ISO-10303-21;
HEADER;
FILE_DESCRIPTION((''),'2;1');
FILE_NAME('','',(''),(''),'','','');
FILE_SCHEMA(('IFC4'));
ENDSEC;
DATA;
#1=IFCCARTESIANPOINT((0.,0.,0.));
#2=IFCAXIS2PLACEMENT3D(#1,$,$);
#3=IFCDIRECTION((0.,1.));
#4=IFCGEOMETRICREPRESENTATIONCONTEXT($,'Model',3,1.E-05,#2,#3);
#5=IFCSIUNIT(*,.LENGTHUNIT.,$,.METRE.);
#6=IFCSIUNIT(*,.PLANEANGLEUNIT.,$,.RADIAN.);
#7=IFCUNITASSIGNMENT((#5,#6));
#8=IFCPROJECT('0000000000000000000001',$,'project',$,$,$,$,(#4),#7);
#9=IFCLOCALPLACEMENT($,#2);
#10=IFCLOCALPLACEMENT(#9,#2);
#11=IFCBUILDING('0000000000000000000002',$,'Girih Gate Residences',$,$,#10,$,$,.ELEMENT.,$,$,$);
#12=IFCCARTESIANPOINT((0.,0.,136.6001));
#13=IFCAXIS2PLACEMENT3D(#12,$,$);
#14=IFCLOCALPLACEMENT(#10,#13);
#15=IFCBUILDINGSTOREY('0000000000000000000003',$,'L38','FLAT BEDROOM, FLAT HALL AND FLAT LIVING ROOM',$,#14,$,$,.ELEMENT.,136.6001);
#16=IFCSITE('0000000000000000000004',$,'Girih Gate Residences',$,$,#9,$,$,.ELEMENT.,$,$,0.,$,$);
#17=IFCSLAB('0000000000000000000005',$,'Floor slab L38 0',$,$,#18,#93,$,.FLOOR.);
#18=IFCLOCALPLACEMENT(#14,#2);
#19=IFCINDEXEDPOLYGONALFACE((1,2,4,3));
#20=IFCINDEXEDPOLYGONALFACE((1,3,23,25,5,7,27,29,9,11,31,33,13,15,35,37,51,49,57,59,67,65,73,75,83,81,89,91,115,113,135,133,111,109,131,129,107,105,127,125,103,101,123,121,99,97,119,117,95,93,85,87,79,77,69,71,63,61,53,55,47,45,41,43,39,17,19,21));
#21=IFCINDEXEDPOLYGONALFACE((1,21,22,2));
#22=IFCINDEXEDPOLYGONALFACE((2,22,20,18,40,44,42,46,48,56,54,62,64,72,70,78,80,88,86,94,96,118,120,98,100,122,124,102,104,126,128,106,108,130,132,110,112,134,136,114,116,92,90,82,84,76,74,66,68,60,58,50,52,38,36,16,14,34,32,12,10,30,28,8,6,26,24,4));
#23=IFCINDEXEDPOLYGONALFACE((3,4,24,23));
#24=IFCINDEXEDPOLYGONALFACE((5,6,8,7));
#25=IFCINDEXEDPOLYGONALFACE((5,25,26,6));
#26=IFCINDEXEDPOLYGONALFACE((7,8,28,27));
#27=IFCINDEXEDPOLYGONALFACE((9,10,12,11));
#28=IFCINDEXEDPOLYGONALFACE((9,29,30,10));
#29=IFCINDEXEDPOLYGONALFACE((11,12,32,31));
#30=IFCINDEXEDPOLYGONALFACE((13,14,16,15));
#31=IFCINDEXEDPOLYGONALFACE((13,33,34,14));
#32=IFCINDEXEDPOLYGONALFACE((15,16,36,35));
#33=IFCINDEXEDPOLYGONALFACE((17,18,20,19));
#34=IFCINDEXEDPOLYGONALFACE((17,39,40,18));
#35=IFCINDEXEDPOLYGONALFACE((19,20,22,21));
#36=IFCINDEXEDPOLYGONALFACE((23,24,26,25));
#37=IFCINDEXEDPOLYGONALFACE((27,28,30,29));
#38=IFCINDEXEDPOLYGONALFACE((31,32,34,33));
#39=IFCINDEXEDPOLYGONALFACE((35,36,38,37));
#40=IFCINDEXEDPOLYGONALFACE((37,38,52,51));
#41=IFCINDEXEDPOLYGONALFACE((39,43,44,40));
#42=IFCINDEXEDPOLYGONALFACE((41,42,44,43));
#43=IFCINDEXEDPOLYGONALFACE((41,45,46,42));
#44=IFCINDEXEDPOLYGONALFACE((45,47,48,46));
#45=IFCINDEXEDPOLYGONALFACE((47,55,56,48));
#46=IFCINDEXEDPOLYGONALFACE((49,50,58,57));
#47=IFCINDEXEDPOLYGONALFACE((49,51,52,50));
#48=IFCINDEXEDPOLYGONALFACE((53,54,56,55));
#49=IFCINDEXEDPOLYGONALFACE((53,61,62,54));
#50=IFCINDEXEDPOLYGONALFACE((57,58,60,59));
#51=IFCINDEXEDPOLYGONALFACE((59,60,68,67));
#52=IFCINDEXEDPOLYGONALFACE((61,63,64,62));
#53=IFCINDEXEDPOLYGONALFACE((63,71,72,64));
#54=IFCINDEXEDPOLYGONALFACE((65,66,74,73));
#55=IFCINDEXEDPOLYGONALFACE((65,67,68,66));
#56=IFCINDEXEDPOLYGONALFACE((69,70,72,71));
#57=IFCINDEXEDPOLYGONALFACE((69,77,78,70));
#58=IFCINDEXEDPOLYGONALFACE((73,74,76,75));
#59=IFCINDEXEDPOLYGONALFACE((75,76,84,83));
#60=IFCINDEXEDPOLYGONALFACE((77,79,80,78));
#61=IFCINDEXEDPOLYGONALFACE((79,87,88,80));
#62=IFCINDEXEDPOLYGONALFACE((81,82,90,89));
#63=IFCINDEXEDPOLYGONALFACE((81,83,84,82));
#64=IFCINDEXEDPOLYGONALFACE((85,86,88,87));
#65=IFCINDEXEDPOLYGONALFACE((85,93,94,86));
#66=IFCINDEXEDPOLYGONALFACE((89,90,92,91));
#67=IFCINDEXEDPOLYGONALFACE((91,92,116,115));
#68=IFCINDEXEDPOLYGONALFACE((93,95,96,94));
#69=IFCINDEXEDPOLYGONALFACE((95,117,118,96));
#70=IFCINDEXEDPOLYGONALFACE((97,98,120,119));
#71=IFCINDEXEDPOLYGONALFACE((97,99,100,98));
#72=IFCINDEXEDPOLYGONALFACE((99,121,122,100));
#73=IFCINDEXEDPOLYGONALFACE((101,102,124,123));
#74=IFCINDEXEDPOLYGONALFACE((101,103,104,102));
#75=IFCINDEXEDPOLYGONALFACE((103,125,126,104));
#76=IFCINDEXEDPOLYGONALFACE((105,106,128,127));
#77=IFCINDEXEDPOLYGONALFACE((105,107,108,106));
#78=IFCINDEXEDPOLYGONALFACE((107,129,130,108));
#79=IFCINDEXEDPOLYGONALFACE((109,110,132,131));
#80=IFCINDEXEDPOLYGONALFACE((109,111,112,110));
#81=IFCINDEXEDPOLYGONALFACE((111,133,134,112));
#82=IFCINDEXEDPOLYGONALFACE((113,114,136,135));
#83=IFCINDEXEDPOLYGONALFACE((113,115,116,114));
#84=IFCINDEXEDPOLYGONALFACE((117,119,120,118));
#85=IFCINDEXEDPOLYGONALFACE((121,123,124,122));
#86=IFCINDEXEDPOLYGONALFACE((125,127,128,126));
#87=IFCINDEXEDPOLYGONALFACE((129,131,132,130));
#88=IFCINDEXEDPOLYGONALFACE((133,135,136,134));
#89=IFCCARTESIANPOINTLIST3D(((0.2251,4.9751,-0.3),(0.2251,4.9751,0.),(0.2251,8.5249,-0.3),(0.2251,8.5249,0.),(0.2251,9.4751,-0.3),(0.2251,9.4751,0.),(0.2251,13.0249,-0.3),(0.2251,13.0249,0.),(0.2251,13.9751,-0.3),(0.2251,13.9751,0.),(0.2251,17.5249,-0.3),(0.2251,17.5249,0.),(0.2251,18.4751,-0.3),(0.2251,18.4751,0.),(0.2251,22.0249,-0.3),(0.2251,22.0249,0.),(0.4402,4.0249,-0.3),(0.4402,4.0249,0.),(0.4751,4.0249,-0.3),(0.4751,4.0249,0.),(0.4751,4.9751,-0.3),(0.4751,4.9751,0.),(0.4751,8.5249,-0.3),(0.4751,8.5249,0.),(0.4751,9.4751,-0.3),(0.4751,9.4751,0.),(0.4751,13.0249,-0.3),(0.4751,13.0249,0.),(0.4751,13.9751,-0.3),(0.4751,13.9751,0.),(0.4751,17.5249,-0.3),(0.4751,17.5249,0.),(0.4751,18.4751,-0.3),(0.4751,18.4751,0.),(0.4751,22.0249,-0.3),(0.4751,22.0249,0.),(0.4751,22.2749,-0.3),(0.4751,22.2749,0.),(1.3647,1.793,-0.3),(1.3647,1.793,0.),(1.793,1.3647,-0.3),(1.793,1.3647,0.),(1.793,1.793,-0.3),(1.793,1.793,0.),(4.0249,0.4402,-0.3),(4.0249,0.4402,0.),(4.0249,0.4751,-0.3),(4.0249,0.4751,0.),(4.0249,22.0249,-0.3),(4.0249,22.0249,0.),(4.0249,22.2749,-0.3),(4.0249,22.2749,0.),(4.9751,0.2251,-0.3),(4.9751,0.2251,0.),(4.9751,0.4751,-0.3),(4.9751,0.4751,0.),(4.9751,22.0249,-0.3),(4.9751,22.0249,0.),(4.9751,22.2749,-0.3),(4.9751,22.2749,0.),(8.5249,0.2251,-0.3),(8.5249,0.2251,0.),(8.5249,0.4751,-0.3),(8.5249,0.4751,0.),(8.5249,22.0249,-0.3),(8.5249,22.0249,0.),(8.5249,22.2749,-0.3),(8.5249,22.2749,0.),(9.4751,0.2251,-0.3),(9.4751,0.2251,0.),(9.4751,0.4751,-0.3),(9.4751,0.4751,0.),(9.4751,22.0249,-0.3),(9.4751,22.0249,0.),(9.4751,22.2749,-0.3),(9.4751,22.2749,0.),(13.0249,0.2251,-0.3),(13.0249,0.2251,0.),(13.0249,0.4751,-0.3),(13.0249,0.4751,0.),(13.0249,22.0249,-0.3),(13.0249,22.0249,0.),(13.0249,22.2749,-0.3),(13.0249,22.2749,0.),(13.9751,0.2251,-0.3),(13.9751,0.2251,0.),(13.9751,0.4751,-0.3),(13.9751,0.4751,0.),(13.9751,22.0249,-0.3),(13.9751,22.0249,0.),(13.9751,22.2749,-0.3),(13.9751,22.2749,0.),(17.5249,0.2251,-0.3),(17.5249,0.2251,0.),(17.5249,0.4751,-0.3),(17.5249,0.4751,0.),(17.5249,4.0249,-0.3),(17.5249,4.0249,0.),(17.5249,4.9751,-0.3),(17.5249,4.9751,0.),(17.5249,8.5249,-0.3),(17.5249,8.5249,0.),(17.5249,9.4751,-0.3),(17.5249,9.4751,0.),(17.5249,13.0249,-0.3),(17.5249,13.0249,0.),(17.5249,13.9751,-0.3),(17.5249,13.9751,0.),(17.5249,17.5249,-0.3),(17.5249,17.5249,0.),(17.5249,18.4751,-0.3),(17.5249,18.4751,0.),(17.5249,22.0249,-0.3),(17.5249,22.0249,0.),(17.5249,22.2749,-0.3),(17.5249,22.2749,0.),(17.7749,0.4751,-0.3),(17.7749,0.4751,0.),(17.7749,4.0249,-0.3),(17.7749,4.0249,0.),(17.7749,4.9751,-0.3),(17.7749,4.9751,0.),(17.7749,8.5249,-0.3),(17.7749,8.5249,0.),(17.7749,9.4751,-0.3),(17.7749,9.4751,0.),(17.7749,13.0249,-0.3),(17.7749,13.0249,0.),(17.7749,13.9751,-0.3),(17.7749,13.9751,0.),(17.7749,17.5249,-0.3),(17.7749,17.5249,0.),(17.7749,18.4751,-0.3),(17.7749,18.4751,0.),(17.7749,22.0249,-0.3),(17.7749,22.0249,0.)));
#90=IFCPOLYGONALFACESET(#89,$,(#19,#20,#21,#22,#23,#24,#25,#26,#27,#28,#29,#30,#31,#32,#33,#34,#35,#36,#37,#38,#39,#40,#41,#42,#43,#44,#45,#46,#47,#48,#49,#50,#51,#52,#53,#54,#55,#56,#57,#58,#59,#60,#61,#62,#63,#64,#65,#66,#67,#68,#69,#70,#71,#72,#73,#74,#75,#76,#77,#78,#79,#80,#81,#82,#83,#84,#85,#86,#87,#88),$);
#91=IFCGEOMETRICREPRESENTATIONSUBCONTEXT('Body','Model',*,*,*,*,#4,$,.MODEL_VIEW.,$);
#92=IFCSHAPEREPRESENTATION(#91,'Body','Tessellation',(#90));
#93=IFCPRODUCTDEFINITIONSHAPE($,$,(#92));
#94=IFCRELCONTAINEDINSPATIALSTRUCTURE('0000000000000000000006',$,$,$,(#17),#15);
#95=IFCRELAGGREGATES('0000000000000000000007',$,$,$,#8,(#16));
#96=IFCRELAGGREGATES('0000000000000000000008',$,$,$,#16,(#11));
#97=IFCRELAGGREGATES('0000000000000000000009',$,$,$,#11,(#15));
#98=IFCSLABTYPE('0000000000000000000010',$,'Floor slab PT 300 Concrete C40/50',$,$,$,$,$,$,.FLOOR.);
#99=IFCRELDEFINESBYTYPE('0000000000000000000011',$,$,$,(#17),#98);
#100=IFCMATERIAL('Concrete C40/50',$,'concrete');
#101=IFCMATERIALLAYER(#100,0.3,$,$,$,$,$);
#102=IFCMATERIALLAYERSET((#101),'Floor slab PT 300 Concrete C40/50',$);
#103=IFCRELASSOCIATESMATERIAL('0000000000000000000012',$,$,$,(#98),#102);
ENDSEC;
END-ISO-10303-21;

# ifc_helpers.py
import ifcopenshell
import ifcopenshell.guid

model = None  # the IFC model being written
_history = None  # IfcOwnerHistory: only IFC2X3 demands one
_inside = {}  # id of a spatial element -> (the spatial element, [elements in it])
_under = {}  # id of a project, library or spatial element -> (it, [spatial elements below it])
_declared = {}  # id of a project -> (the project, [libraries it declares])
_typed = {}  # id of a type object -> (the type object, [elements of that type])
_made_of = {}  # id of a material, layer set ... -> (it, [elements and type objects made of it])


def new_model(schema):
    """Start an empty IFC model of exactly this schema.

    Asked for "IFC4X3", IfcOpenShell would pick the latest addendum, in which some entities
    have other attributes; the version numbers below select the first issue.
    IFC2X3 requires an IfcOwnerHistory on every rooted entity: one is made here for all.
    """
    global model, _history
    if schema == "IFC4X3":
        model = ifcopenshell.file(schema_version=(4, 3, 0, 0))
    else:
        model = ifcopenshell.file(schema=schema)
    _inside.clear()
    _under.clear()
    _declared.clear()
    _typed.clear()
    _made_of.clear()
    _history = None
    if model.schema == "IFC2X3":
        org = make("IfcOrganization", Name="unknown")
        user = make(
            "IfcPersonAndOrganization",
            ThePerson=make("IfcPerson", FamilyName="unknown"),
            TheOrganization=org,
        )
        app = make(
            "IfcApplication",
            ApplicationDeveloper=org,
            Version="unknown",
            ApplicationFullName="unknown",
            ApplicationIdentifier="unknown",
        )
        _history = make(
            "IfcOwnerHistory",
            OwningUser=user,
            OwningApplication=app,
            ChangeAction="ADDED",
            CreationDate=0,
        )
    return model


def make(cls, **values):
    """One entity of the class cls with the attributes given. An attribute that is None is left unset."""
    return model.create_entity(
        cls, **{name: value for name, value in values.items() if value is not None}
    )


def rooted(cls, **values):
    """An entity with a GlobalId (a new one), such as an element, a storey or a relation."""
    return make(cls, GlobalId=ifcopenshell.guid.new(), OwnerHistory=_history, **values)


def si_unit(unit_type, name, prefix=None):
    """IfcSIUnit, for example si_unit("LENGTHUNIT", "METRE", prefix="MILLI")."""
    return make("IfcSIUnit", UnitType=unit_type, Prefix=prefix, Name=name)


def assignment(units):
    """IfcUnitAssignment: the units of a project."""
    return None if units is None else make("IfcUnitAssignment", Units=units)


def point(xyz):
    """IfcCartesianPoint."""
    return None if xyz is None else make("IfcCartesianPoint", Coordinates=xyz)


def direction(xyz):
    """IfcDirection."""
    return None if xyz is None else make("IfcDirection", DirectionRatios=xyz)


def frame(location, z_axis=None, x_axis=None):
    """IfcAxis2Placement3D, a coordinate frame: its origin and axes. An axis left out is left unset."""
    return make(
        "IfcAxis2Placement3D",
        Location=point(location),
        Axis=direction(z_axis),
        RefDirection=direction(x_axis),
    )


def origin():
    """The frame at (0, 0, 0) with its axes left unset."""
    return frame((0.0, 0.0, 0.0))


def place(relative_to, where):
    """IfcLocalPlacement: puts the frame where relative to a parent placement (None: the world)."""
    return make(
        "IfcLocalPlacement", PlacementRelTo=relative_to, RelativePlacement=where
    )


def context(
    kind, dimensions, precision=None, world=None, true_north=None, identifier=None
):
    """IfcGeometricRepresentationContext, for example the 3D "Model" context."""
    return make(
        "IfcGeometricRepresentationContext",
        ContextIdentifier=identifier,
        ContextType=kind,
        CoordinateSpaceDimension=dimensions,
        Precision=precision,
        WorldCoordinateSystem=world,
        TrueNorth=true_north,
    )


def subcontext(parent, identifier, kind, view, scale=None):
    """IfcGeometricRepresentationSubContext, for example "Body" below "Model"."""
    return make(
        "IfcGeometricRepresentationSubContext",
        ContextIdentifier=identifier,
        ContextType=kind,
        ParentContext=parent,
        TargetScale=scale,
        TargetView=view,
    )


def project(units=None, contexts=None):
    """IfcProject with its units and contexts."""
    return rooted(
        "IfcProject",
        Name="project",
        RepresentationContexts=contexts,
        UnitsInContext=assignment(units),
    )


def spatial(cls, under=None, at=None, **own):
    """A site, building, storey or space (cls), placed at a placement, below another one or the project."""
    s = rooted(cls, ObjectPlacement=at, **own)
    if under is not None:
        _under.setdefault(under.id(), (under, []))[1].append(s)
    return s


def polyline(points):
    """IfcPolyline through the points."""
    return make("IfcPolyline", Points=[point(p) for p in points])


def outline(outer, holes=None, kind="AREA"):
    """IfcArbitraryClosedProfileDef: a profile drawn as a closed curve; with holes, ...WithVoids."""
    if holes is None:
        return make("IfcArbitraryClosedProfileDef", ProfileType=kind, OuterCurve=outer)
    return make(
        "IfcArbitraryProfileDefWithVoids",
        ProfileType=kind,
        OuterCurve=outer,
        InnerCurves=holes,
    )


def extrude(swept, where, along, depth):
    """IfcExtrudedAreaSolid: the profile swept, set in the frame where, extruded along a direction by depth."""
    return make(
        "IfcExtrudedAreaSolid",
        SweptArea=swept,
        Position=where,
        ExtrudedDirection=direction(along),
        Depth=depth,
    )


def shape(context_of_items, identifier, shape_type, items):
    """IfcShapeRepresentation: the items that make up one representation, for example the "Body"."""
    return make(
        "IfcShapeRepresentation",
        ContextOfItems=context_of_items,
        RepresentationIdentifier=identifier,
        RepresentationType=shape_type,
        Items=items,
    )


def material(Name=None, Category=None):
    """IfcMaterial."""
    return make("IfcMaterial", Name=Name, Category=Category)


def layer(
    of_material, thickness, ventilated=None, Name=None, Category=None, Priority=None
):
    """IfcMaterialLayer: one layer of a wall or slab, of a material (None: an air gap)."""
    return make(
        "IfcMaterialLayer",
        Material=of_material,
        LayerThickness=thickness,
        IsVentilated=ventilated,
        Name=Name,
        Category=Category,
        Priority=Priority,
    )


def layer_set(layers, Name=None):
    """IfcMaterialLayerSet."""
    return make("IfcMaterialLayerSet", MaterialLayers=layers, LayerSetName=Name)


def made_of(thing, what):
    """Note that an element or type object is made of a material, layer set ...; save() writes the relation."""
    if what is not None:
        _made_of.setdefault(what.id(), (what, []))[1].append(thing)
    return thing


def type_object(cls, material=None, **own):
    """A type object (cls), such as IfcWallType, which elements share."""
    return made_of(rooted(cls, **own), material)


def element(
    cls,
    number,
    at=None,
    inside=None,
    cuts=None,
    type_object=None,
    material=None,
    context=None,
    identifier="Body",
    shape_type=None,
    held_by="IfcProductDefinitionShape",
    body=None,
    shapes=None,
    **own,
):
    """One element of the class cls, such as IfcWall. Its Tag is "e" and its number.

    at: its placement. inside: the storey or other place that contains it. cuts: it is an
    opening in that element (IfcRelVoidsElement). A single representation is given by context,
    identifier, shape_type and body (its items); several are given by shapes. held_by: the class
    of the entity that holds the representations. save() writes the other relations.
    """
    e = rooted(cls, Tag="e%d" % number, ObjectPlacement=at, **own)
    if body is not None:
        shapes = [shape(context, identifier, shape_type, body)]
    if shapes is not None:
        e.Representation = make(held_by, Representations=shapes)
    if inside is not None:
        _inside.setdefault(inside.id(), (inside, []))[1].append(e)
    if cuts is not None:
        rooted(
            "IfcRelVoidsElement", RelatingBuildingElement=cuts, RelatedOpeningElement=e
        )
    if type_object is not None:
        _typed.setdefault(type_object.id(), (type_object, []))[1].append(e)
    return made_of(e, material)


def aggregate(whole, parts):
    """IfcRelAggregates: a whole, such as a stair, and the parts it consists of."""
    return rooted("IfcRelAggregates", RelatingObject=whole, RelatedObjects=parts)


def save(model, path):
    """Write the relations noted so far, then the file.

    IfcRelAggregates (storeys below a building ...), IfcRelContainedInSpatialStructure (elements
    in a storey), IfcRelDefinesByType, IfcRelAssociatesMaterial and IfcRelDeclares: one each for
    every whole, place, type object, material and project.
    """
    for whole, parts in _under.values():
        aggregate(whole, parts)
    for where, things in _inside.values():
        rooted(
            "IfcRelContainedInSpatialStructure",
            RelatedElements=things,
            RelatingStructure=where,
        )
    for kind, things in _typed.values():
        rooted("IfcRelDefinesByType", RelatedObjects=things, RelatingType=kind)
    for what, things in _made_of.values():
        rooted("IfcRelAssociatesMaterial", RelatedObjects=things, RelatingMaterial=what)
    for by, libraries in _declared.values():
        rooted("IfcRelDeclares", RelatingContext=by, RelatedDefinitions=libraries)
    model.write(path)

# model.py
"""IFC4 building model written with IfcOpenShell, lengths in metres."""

from ifc_helpers import new_model, si_unit, direction, frame, origin, place, context, subcontext, project, spatial, polyline, outline, extrude, material, layer, layer_set, type_object, element, save


model = new_model("IFC4")

# Units and contexts
model_context = context("Model", 3, precision=1e-05, world=origin(), true_north=direction((0.0, 1.0)))
body_context = subcontext(model_context, "Body", "Model", "MODEL_VIEW")
ifc_project = project(units=[si_unit("LENGTHUNIT", "METRE"), si_unit("PLANEANGLEUNIT", "RADIAN")], contexts=[model_context])

# Site, building, storey
site_placement = place(None, origin())
site = spatial("IfcSite", under=ifc_project, at=site_placement, Name="Girih Gate Residences", CompositionType="ELEMENT", RefElevation=0.0)
building_placement = place(site_placement, origin())
building = spatial("IfcBuilding", under=site, at=building_placement, Name="Girih Gate Residences", CompositionType="ELEMENT")
storey_placement = place(building_placement, frame((0.0, 0.0, 136.6001)))
storey = spatial("IfcBuildingStorey", under=building, at=storey_placement, Name="L38", Description="FLAT BEDROOM, FLAT HALL AND FLAT LIVING ROOM", CompositionType="ELEMENT", Elevation=136.6001)

# Slab
ifc_material_1 = material(Name="Concrete C40/50", Category="concrete")
ifc_layer_1 = layer(ifc_material_1, 0.3)
ifc_layer_set_1 = layer_set([ifc_layer_1], Name="Floor slab PT 300 Concrete C40/50")
slab_type_1 = type_object("IfcSlabType", Name="Floor slab PT 300 Concrete C40/50", PredefinedType="FLOOR", material=ifc_layer_set_1)
slab_1_placement = place(storey_placement, frame((0.0, 0.0, -0.3)))
element("IfcSlab", 1, at=slab_1_placement, inside=storey, type_object=slab_type_1, Name="Floor slab L38 0", PredefinedType="FLOOR", context=body_context, shape_type="SweptSolid", body=[
    extrude(outline(polyline([(0.2251, 8.5249), (0.2251, 4.9751), (0.4751, 4.9751), (0.4751, 4.0249), (0.4402, 4.0249), (1.3647, 1.793), (1.793, 1.793), (1.793, 1.3647), (4.0249, 0.4402), (4.0249, 0.4751), (4.9751, 0.4751), (4.9751, 0.2251), (8.5249, 0.2251), (8.5249, 0.4751), (9.4751, 0.4751), (9.4751, 0.2251), (13.0249, 0.2251), (13.0249, 0.4751), (13.9751, 0.4751), (13.9751, 0.2251), (17.5249, 0.2251), (17.5249, 0.4751), (17.7749, 0.4751), (17.7749, 4.0249), (17.5249, 4.0249), (17.5249, 4.9751), (17.7749, 4.9751), (17.7749, 8.5249), (17.5249, 8.5249), (17.5249, 9.4751), (17.7749, 9.4751), (17.7749, 13.0249), (17.5249, 13.0249), (17.5249, 13.9751), (17.7749, 13.9751), (17.7749, 17.5249), (17.5249, 17.5249), (17.5249, 18.4751), (17.7749, 18.4751), (17.7749, 22.0249), (17.5249, 22.0249), (17.5249, 22.2749), (13.9751, 22.2749), (13.9751, 22.0249), (13.0249, 22.0249), (13.0249, 22.2749), (9.4751, 22.2749), (9.4751, 22.0249), (8.5249, 22.0249), (8.5249, 22.2749), (4.9751, 22.2749), (4.9751, 22.0249), (4.0249, 22.0249), (4.0249, 22.2749), (0.4751, 22.2749), (0.4751, 22.0249), (0.2251, 22.0249), (0.2251, 18.4751), (0.4751, 18.4751), (0.4751, 17.5249), (0.2251, 17.5249), (0.2251, 13.9751), (0.4751, 13.9751), (0.4751, 13.0249), (0.2251, 13.0249), (0.2251, 9.4751), (0.4751, 9.4751), (0.4751, 8.5249), (0.2251, 8.5249)])), origin(), (0.0, 0.0, 1.0), 0.3),
])

save(model, "model.ifc")
